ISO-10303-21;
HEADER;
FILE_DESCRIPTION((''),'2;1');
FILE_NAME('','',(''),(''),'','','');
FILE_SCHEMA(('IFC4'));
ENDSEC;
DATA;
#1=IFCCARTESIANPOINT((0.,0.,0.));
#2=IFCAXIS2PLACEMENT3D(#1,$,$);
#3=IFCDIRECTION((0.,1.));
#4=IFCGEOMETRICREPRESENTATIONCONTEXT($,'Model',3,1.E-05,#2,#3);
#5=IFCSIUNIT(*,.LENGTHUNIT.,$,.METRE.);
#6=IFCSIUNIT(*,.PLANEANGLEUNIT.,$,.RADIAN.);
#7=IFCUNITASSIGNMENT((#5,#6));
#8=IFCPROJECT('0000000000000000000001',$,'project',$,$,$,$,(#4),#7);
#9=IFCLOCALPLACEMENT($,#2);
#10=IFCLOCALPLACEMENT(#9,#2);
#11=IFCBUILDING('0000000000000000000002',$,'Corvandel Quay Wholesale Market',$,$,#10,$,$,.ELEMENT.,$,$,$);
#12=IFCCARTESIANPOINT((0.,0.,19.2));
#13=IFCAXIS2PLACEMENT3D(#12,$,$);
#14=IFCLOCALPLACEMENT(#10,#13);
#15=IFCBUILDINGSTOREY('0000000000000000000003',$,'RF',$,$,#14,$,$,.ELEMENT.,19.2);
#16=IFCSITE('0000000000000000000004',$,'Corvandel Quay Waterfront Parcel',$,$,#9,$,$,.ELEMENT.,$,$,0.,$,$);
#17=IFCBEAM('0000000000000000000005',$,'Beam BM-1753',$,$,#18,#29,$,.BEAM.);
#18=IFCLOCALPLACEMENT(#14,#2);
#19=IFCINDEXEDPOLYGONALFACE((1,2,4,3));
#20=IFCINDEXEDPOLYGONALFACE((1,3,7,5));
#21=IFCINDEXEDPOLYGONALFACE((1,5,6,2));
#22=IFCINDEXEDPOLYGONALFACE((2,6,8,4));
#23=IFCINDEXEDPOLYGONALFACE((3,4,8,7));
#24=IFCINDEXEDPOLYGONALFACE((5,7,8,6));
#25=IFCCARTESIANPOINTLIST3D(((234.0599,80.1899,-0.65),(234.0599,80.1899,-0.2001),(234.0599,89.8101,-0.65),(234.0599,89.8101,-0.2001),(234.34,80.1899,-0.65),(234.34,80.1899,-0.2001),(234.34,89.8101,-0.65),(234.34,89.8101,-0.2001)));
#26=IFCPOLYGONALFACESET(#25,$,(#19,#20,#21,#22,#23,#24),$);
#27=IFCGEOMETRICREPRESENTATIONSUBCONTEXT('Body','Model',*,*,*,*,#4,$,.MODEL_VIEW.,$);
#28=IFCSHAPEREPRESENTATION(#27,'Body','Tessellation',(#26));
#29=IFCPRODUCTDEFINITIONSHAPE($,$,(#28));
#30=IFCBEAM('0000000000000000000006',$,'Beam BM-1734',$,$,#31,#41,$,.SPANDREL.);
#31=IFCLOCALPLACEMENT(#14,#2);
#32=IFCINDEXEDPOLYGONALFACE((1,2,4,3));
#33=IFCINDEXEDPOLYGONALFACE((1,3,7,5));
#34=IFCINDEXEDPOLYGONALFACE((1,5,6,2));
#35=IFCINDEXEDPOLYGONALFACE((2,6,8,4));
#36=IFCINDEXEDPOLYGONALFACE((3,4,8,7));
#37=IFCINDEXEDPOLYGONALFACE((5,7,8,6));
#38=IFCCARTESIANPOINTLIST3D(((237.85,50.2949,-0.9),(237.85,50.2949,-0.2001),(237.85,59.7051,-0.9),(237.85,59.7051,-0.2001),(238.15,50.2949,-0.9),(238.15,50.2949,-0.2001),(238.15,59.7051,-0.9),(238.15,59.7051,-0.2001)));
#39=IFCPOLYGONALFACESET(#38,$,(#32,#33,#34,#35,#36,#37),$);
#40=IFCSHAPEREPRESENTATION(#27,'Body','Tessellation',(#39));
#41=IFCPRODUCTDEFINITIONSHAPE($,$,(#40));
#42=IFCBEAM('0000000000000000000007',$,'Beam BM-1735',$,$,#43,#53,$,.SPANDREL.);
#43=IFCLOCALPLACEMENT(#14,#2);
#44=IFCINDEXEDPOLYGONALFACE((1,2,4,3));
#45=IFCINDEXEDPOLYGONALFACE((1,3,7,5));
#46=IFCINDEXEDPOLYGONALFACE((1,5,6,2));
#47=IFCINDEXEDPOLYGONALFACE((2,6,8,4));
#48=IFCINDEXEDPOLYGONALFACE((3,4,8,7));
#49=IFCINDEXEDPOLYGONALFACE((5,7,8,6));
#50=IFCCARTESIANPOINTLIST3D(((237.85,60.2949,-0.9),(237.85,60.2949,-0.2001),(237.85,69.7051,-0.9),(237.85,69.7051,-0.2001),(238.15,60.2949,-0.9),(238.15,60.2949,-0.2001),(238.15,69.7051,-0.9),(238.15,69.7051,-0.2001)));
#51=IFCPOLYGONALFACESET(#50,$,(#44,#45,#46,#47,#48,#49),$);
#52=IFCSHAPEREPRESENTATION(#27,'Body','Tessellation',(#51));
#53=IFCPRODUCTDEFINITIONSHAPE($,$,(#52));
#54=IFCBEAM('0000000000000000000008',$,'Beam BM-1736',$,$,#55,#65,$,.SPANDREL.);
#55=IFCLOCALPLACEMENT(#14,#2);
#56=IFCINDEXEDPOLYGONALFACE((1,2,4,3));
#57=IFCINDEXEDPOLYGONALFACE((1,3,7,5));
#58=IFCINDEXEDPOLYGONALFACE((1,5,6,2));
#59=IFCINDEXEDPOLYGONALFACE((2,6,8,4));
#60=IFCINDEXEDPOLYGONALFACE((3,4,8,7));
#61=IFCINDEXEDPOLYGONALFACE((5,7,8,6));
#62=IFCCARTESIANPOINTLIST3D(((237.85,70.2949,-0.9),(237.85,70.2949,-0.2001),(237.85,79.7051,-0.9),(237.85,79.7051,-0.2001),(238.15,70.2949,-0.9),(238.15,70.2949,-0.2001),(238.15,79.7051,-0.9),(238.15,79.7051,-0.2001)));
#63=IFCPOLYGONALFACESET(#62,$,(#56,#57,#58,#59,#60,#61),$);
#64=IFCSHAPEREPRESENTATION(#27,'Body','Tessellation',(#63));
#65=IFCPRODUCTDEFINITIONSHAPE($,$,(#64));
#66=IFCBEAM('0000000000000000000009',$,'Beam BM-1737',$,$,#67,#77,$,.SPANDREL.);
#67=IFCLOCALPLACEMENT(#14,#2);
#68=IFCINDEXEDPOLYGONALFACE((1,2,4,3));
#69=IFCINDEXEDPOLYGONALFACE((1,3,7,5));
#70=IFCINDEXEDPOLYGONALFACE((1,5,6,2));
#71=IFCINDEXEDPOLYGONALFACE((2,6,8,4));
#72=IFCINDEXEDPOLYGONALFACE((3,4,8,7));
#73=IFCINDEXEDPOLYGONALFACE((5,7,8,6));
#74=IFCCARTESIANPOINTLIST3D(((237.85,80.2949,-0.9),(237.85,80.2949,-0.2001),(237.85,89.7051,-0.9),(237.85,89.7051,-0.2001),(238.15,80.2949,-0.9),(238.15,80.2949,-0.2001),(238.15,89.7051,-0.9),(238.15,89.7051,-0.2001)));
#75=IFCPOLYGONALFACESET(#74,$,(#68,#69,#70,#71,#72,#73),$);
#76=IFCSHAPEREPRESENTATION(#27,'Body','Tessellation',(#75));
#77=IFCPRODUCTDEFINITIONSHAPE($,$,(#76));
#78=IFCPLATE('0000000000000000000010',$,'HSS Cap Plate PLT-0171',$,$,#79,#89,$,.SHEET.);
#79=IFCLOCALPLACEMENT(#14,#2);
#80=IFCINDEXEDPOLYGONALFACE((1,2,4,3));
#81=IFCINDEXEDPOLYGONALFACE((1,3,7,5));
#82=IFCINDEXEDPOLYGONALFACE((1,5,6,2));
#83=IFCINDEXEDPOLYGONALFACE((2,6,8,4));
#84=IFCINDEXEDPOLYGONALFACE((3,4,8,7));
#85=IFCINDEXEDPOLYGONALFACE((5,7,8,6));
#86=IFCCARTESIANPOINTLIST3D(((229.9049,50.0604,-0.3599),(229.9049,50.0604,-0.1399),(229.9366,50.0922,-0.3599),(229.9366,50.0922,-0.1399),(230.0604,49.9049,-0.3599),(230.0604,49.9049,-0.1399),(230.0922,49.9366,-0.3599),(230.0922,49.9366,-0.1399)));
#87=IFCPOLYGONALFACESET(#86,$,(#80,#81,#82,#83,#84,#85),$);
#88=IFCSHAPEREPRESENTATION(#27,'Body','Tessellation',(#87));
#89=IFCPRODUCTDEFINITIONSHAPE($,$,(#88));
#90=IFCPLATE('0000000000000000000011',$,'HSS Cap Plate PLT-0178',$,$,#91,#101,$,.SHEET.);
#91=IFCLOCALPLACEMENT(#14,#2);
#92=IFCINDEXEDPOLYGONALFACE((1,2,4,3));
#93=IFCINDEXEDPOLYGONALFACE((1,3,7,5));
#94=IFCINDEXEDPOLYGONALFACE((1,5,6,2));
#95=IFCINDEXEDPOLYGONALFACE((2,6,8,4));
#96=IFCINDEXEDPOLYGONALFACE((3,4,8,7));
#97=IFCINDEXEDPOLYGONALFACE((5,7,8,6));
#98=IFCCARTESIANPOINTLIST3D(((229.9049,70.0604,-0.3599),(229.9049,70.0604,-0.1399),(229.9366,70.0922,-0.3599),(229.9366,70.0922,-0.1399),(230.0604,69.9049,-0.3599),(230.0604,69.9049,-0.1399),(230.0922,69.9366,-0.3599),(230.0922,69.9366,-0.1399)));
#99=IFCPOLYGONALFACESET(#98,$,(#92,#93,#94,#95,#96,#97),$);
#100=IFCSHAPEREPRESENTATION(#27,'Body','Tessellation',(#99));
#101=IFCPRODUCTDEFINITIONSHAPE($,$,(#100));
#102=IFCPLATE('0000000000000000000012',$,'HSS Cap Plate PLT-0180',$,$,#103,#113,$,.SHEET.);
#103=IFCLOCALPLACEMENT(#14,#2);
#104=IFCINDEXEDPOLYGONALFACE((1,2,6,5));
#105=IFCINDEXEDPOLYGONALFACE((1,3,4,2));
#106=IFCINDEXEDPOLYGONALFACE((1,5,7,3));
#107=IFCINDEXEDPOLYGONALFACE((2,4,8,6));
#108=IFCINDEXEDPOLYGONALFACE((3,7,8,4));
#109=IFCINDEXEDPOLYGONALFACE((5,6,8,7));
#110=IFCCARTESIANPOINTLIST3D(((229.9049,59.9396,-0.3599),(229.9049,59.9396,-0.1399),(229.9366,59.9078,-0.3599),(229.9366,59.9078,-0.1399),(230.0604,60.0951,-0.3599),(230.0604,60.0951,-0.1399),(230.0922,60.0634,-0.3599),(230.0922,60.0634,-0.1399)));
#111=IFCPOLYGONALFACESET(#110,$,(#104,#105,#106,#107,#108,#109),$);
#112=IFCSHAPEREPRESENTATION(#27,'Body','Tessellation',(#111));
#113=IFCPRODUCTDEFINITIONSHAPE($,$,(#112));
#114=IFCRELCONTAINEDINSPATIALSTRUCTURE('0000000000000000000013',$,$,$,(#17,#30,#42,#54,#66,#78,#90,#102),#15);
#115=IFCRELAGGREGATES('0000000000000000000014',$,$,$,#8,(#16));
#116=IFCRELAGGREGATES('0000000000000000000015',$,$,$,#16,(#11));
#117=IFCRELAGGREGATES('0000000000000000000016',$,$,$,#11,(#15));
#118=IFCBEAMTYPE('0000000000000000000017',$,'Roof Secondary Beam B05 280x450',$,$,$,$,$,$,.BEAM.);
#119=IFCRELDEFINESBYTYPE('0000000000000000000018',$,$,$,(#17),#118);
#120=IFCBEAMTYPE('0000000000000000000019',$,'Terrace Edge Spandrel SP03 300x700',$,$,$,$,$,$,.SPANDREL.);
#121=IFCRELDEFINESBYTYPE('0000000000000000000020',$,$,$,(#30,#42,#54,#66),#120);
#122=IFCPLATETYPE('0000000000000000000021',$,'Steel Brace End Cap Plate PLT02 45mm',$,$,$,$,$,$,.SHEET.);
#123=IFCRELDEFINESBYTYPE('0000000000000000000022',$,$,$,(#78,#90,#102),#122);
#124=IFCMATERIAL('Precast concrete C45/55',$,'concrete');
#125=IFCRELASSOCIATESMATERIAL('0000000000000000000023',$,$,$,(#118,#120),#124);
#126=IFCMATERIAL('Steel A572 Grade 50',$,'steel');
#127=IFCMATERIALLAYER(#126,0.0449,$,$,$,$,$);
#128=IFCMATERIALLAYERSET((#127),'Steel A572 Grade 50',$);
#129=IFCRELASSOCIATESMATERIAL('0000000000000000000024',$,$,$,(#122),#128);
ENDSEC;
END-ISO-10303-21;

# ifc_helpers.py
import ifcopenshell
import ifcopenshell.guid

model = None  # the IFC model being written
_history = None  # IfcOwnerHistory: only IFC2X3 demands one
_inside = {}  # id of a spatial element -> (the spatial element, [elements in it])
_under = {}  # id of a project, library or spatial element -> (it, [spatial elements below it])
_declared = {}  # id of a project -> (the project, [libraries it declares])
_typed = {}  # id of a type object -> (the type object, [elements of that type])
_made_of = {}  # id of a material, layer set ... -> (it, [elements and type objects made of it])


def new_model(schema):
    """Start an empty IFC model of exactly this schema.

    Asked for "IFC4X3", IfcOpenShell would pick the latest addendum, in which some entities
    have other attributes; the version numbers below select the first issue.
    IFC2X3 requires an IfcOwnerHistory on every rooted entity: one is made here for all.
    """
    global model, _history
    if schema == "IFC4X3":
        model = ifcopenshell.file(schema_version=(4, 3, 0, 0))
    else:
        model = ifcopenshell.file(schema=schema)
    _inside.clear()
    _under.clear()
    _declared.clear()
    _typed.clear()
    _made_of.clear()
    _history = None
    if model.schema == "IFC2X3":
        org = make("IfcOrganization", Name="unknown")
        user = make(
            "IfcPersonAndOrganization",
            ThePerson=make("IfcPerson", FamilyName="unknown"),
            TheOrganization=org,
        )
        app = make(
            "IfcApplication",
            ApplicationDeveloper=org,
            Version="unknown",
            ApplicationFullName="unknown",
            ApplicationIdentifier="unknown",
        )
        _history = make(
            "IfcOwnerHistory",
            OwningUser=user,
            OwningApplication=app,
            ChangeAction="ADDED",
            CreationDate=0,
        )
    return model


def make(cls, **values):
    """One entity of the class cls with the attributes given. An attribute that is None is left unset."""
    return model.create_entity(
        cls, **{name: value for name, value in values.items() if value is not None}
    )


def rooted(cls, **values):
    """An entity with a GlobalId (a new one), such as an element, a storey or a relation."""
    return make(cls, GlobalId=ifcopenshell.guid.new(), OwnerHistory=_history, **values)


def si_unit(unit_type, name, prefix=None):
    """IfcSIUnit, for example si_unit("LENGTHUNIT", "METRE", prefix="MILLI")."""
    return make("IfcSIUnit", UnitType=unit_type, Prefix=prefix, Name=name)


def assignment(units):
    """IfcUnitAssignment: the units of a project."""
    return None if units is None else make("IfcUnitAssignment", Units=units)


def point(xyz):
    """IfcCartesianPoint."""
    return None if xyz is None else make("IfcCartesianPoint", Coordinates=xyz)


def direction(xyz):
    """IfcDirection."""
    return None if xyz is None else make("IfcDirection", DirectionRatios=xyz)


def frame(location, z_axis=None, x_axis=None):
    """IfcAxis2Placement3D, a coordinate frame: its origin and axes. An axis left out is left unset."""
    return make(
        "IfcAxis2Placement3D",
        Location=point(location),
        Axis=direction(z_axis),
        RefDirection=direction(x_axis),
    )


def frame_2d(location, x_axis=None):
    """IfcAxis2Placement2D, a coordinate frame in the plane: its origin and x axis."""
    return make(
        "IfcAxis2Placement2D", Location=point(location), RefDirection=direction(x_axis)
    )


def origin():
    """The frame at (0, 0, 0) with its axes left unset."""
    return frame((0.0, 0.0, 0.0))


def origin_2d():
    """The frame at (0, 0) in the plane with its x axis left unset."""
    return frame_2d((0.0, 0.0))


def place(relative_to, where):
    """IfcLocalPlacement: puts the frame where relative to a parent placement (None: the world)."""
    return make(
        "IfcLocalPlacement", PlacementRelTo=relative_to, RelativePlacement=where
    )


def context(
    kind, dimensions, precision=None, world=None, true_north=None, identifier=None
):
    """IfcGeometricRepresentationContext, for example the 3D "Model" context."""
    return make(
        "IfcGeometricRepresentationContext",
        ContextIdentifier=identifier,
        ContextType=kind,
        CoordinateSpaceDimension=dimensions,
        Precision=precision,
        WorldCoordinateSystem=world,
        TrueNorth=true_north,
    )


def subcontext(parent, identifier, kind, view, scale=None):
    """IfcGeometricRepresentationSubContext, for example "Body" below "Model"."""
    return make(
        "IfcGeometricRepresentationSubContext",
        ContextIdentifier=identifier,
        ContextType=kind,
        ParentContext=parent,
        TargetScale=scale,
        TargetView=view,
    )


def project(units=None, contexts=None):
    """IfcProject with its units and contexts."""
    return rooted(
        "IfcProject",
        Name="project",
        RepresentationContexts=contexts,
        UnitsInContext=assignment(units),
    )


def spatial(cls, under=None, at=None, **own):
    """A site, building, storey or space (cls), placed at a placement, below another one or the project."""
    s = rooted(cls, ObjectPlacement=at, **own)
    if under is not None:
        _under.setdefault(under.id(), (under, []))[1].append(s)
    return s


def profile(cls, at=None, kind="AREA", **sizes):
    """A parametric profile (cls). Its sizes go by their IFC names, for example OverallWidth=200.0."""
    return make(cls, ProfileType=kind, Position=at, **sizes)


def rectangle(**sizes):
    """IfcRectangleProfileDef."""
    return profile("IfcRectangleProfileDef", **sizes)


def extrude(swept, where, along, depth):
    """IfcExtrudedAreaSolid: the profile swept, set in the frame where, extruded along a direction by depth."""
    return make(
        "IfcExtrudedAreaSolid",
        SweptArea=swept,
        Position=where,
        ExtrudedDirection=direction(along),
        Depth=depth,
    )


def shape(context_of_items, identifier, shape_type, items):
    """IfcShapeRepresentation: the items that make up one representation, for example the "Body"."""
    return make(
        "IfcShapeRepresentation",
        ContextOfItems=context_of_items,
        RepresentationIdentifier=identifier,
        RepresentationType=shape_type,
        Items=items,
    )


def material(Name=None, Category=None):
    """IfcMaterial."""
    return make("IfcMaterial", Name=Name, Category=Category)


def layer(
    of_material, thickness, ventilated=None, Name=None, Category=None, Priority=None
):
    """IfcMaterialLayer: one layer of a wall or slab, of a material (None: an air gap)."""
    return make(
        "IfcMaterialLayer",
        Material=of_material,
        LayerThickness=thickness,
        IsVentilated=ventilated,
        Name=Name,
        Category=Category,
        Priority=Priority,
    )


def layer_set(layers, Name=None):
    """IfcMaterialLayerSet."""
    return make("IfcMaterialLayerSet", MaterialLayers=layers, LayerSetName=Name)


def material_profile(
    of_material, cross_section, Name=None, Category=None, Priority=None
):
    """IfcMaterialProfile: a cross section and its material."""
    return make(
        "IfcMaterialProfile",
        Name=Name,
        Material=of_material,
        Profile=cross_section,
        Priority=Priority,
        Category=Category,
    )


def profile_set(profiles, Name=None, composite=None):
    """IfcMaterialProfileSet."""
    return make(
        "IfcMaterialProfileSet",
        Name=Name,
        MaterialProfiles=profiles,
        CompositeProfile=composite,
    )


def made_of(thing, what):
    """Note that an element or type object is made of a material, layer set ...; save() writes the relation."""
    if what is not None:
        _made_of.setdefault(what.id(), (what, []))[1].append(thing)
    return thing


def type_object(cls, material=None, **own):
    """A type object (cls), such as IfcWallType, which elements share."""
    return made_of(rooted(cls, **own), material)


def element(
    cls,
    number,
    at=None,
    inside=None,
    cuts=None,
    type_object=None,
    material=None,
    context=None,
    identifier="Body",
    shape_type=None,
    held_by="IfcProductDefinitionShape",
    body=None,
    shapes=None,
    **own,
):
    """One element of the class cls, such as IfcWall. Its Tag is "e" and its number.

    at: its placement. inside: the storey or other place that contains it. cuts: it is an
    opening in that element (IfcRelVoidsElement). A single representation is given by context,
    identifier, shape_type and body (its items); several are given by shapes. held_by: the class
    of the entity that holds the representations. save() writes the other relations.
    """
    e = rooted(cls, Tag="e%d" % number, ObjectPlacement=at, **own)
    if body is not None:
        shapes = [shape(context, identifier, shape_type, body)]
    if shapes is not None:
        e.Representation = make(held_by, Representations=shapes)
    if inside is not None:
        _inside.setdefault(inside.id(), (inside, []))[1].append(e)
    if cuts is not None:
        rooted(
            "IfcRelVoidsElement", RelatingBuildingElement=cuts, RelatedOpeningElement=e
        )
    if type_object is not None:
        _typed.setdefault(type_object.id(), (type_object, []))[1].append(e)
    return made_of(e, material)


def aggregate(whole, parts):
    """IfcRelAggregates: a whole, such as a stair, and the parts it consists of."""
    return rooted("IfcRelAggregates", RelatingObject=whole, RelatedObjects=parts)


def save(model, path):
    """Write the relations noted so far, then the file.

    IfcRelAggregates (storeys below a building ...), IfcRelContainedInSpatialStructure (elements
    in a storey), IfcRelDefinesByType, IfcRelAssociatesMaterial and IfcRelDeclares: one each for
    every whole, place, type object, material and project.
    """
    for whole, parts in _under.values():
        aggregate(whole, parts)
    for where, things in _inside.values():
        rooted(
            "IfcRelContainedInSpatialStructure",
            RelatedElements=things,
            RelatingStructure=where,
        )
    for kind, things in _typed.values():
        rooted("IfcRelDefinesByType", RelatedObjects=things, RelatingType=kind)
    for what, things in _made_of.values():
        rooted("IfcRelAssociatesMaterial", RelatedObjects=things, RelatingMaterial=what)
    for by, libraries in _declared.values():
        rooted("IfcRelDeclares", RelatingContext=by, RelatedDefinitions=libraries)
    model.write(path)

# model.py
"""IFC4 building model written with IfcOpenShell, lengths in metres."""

from ifc_helpers import new_model, si_unit, direction, frame, origin, origin_2d, place, context, subcontext, project, spatial, rectangle, extrude, material, layer, layer_set, material_profile, profile_set, type_object, element, save


model = new_model("IFC4")

# Units and contexts
model_context = context("Model", 3, precision=1e-05, world=origin(), true_north=direction((0.0, 1.0)))
body_context = subcontext(model_context, "Body", "Model", "MODEL_VIEW")
ifc_project = project(units=[si_unit("LENGTHUNIT", "METRE"), si_unit("PLANEANGLEUNIT", "RADIAN")], contexts=[model_context])

# Site, building, storey
site_placement = place(None, origin())
site = spatial("IfcSite", under=ifc_project, at=site_placement, Name="Corvandel Quay Waterfront Parcel", CompositionType="ELEMENT", RefElevation=0.0)
building_placement = place(site_placement, origin())
building = spatial("IfcBuilding", under=site, at=building_placement, Name="Corvandel Quay Wholesale Market", CompositionType="ELEMENT")
storey_placement = place(building_placement, frame((0.0, 0.0, 19.2)))
storey = spatial("IfcBuildingStorey", under=building, at=storey_placement, Name="RF", CompositionType="ELEMENT", Elevation=19.2)

# Beams
ifc_material_1 = material(Name="Precast concrete C45/55", Category="concrete")
ifc_material_profile_1 = material_profile(ifc_material_1, rectangle(XDim=0.28, YDim=0.45, at=origin_2d()), Name="PC-BM-280x450")
ifc_profile_set_1 = profile_set([ifc_material_profile_1], Name="Precast concrete C45/55")
beam_type_1 = type_object("IfcBeamType", Name="Roof Secondary Beam B05 280x450", PredefinedType="BEAM", material=ifc_profile_set_1)
for number, where, z_axis, x_axis, name in (
    (1, (234.2, 80.1899, -0.425), (0.0, 1.0, 0.0), (-1.0, 0.0, 0.0), "Beam BM-1753"),
):
    element("IfcBeam", number, at=place(storey_placement, frame(where, z_axis=z_axis, x_axis=x_axis)), inside=storey, type_object=beam_type_1, Name=name, PredefinedType="BEAM", context=body_context, shape_type="SweptSolid", body=[
        extrude(rectangle(XDim=0.28, YDim=0.45, at=origin_2d()), origin(), (0.0, 0.0, 1.0), 9.6201),
    ])
ifc_material_profile_2 = material_profile(ifc_material_1, rectangle(XDim=0.3, YDim=0.7, at=origin_2d()), Name="PC-SPN-300x700")
ifc_profile_set_2 = profile_set([ifc_material_profile_2], Name="Precast concrete C45/55")
beam_type_2 = type_object("IfcBeamType", Name="Terrace Edge Spandrel SP03 300x700", PredefinedType="SPANDREL", material=ifc_profile_set_2)
for number, where, z_axis, x_axis, name in (
    (2, (238.0, 50.2949, -0.55), (0.0, 1.0, 0.0), (-1.0, 0.0, 0.0), "Beam BM-1734"),
    (3, (238.0, 60.2949, -0.55), (0.0, 1.0, 0.0), (-1.0, 0.0, 0.0), "Beam BM-1735"),
    (4, (238.0, 70.2949, -0.55), (0.0, 1.0, 0.0), (-1.0, 0.0, 0.0), "Beam BM-1736"),
    (5, (238.0, 80.2949, -0.55), (0.0, 1.0, 0.0), (-1.0, 0.0, 0.0), "Beam BM-1737"),
):
    element("IfcBeam", number, at=place(storey_placement, frame(where, z_axis=z_axis, x_axis=x_axis)), inside=storey, type_object=beam_type_2, Name=name, PredefinedType="SPANDREL", context=body_context, shape_type="SweptSolid", body=[
        extrude(rectangle(XDim=0.3, YDim=0.7, at=origin_2d()), origin(), (0.0, 0.0, 1.0), 9.4102),
    ])

# Plates
ifc_material_2 = material(Name="Steel A572 Grade 50", Category="steel")
ifc_layer = layer(ifc_material_2, 0.0449)
ifc_layer_set = layer_set([ifc_layer], Name="Steel A572 Grade 50")
plate_type = type_object("IfcPlateType", Name="Steel Brace End Cap Plate PLT02 45mm", PredefinedType="SHEET", material=ifc_layer_set)
for number, where, z_axis, x_axis, name in (
    (6, (229.9985, 49.9985, -0.3599), (0.0, 0.0, 1.0), (-0.707107, 0.707107, 0.0), "HSS Cap Plate PLT-0171"),
    (7, (229.9985, 69.9985, -0.3599), (0.0, 0.0, 1.0), (-0.707107, 0.707107, 0.0), "HSS Cap Plate PLT-0178"),
    (8, (229.9985, 60.0015, -0.3599), (0.0, 0.0, 1.0), (0.707107, 0.707107, 0.0), "HSS Cap Plate PLT-0180"),
):
    element("IfcPlate", number, at=place(storey_placement, frame(where, z_axis=z_axis, x_axis=x_axis)), inside=storey, type_object=plate_type, Name=name, PredefinedType="SHEET", context=body_context, shape_type="SweptSolid", body=[
        extrude(rectangle(XDim=0.22, YDim=0.0449, at=origin_2d()), origin(), (0.0, 0.0, 1.0), 0.22),
    ])

save(model, "model.ifc")
